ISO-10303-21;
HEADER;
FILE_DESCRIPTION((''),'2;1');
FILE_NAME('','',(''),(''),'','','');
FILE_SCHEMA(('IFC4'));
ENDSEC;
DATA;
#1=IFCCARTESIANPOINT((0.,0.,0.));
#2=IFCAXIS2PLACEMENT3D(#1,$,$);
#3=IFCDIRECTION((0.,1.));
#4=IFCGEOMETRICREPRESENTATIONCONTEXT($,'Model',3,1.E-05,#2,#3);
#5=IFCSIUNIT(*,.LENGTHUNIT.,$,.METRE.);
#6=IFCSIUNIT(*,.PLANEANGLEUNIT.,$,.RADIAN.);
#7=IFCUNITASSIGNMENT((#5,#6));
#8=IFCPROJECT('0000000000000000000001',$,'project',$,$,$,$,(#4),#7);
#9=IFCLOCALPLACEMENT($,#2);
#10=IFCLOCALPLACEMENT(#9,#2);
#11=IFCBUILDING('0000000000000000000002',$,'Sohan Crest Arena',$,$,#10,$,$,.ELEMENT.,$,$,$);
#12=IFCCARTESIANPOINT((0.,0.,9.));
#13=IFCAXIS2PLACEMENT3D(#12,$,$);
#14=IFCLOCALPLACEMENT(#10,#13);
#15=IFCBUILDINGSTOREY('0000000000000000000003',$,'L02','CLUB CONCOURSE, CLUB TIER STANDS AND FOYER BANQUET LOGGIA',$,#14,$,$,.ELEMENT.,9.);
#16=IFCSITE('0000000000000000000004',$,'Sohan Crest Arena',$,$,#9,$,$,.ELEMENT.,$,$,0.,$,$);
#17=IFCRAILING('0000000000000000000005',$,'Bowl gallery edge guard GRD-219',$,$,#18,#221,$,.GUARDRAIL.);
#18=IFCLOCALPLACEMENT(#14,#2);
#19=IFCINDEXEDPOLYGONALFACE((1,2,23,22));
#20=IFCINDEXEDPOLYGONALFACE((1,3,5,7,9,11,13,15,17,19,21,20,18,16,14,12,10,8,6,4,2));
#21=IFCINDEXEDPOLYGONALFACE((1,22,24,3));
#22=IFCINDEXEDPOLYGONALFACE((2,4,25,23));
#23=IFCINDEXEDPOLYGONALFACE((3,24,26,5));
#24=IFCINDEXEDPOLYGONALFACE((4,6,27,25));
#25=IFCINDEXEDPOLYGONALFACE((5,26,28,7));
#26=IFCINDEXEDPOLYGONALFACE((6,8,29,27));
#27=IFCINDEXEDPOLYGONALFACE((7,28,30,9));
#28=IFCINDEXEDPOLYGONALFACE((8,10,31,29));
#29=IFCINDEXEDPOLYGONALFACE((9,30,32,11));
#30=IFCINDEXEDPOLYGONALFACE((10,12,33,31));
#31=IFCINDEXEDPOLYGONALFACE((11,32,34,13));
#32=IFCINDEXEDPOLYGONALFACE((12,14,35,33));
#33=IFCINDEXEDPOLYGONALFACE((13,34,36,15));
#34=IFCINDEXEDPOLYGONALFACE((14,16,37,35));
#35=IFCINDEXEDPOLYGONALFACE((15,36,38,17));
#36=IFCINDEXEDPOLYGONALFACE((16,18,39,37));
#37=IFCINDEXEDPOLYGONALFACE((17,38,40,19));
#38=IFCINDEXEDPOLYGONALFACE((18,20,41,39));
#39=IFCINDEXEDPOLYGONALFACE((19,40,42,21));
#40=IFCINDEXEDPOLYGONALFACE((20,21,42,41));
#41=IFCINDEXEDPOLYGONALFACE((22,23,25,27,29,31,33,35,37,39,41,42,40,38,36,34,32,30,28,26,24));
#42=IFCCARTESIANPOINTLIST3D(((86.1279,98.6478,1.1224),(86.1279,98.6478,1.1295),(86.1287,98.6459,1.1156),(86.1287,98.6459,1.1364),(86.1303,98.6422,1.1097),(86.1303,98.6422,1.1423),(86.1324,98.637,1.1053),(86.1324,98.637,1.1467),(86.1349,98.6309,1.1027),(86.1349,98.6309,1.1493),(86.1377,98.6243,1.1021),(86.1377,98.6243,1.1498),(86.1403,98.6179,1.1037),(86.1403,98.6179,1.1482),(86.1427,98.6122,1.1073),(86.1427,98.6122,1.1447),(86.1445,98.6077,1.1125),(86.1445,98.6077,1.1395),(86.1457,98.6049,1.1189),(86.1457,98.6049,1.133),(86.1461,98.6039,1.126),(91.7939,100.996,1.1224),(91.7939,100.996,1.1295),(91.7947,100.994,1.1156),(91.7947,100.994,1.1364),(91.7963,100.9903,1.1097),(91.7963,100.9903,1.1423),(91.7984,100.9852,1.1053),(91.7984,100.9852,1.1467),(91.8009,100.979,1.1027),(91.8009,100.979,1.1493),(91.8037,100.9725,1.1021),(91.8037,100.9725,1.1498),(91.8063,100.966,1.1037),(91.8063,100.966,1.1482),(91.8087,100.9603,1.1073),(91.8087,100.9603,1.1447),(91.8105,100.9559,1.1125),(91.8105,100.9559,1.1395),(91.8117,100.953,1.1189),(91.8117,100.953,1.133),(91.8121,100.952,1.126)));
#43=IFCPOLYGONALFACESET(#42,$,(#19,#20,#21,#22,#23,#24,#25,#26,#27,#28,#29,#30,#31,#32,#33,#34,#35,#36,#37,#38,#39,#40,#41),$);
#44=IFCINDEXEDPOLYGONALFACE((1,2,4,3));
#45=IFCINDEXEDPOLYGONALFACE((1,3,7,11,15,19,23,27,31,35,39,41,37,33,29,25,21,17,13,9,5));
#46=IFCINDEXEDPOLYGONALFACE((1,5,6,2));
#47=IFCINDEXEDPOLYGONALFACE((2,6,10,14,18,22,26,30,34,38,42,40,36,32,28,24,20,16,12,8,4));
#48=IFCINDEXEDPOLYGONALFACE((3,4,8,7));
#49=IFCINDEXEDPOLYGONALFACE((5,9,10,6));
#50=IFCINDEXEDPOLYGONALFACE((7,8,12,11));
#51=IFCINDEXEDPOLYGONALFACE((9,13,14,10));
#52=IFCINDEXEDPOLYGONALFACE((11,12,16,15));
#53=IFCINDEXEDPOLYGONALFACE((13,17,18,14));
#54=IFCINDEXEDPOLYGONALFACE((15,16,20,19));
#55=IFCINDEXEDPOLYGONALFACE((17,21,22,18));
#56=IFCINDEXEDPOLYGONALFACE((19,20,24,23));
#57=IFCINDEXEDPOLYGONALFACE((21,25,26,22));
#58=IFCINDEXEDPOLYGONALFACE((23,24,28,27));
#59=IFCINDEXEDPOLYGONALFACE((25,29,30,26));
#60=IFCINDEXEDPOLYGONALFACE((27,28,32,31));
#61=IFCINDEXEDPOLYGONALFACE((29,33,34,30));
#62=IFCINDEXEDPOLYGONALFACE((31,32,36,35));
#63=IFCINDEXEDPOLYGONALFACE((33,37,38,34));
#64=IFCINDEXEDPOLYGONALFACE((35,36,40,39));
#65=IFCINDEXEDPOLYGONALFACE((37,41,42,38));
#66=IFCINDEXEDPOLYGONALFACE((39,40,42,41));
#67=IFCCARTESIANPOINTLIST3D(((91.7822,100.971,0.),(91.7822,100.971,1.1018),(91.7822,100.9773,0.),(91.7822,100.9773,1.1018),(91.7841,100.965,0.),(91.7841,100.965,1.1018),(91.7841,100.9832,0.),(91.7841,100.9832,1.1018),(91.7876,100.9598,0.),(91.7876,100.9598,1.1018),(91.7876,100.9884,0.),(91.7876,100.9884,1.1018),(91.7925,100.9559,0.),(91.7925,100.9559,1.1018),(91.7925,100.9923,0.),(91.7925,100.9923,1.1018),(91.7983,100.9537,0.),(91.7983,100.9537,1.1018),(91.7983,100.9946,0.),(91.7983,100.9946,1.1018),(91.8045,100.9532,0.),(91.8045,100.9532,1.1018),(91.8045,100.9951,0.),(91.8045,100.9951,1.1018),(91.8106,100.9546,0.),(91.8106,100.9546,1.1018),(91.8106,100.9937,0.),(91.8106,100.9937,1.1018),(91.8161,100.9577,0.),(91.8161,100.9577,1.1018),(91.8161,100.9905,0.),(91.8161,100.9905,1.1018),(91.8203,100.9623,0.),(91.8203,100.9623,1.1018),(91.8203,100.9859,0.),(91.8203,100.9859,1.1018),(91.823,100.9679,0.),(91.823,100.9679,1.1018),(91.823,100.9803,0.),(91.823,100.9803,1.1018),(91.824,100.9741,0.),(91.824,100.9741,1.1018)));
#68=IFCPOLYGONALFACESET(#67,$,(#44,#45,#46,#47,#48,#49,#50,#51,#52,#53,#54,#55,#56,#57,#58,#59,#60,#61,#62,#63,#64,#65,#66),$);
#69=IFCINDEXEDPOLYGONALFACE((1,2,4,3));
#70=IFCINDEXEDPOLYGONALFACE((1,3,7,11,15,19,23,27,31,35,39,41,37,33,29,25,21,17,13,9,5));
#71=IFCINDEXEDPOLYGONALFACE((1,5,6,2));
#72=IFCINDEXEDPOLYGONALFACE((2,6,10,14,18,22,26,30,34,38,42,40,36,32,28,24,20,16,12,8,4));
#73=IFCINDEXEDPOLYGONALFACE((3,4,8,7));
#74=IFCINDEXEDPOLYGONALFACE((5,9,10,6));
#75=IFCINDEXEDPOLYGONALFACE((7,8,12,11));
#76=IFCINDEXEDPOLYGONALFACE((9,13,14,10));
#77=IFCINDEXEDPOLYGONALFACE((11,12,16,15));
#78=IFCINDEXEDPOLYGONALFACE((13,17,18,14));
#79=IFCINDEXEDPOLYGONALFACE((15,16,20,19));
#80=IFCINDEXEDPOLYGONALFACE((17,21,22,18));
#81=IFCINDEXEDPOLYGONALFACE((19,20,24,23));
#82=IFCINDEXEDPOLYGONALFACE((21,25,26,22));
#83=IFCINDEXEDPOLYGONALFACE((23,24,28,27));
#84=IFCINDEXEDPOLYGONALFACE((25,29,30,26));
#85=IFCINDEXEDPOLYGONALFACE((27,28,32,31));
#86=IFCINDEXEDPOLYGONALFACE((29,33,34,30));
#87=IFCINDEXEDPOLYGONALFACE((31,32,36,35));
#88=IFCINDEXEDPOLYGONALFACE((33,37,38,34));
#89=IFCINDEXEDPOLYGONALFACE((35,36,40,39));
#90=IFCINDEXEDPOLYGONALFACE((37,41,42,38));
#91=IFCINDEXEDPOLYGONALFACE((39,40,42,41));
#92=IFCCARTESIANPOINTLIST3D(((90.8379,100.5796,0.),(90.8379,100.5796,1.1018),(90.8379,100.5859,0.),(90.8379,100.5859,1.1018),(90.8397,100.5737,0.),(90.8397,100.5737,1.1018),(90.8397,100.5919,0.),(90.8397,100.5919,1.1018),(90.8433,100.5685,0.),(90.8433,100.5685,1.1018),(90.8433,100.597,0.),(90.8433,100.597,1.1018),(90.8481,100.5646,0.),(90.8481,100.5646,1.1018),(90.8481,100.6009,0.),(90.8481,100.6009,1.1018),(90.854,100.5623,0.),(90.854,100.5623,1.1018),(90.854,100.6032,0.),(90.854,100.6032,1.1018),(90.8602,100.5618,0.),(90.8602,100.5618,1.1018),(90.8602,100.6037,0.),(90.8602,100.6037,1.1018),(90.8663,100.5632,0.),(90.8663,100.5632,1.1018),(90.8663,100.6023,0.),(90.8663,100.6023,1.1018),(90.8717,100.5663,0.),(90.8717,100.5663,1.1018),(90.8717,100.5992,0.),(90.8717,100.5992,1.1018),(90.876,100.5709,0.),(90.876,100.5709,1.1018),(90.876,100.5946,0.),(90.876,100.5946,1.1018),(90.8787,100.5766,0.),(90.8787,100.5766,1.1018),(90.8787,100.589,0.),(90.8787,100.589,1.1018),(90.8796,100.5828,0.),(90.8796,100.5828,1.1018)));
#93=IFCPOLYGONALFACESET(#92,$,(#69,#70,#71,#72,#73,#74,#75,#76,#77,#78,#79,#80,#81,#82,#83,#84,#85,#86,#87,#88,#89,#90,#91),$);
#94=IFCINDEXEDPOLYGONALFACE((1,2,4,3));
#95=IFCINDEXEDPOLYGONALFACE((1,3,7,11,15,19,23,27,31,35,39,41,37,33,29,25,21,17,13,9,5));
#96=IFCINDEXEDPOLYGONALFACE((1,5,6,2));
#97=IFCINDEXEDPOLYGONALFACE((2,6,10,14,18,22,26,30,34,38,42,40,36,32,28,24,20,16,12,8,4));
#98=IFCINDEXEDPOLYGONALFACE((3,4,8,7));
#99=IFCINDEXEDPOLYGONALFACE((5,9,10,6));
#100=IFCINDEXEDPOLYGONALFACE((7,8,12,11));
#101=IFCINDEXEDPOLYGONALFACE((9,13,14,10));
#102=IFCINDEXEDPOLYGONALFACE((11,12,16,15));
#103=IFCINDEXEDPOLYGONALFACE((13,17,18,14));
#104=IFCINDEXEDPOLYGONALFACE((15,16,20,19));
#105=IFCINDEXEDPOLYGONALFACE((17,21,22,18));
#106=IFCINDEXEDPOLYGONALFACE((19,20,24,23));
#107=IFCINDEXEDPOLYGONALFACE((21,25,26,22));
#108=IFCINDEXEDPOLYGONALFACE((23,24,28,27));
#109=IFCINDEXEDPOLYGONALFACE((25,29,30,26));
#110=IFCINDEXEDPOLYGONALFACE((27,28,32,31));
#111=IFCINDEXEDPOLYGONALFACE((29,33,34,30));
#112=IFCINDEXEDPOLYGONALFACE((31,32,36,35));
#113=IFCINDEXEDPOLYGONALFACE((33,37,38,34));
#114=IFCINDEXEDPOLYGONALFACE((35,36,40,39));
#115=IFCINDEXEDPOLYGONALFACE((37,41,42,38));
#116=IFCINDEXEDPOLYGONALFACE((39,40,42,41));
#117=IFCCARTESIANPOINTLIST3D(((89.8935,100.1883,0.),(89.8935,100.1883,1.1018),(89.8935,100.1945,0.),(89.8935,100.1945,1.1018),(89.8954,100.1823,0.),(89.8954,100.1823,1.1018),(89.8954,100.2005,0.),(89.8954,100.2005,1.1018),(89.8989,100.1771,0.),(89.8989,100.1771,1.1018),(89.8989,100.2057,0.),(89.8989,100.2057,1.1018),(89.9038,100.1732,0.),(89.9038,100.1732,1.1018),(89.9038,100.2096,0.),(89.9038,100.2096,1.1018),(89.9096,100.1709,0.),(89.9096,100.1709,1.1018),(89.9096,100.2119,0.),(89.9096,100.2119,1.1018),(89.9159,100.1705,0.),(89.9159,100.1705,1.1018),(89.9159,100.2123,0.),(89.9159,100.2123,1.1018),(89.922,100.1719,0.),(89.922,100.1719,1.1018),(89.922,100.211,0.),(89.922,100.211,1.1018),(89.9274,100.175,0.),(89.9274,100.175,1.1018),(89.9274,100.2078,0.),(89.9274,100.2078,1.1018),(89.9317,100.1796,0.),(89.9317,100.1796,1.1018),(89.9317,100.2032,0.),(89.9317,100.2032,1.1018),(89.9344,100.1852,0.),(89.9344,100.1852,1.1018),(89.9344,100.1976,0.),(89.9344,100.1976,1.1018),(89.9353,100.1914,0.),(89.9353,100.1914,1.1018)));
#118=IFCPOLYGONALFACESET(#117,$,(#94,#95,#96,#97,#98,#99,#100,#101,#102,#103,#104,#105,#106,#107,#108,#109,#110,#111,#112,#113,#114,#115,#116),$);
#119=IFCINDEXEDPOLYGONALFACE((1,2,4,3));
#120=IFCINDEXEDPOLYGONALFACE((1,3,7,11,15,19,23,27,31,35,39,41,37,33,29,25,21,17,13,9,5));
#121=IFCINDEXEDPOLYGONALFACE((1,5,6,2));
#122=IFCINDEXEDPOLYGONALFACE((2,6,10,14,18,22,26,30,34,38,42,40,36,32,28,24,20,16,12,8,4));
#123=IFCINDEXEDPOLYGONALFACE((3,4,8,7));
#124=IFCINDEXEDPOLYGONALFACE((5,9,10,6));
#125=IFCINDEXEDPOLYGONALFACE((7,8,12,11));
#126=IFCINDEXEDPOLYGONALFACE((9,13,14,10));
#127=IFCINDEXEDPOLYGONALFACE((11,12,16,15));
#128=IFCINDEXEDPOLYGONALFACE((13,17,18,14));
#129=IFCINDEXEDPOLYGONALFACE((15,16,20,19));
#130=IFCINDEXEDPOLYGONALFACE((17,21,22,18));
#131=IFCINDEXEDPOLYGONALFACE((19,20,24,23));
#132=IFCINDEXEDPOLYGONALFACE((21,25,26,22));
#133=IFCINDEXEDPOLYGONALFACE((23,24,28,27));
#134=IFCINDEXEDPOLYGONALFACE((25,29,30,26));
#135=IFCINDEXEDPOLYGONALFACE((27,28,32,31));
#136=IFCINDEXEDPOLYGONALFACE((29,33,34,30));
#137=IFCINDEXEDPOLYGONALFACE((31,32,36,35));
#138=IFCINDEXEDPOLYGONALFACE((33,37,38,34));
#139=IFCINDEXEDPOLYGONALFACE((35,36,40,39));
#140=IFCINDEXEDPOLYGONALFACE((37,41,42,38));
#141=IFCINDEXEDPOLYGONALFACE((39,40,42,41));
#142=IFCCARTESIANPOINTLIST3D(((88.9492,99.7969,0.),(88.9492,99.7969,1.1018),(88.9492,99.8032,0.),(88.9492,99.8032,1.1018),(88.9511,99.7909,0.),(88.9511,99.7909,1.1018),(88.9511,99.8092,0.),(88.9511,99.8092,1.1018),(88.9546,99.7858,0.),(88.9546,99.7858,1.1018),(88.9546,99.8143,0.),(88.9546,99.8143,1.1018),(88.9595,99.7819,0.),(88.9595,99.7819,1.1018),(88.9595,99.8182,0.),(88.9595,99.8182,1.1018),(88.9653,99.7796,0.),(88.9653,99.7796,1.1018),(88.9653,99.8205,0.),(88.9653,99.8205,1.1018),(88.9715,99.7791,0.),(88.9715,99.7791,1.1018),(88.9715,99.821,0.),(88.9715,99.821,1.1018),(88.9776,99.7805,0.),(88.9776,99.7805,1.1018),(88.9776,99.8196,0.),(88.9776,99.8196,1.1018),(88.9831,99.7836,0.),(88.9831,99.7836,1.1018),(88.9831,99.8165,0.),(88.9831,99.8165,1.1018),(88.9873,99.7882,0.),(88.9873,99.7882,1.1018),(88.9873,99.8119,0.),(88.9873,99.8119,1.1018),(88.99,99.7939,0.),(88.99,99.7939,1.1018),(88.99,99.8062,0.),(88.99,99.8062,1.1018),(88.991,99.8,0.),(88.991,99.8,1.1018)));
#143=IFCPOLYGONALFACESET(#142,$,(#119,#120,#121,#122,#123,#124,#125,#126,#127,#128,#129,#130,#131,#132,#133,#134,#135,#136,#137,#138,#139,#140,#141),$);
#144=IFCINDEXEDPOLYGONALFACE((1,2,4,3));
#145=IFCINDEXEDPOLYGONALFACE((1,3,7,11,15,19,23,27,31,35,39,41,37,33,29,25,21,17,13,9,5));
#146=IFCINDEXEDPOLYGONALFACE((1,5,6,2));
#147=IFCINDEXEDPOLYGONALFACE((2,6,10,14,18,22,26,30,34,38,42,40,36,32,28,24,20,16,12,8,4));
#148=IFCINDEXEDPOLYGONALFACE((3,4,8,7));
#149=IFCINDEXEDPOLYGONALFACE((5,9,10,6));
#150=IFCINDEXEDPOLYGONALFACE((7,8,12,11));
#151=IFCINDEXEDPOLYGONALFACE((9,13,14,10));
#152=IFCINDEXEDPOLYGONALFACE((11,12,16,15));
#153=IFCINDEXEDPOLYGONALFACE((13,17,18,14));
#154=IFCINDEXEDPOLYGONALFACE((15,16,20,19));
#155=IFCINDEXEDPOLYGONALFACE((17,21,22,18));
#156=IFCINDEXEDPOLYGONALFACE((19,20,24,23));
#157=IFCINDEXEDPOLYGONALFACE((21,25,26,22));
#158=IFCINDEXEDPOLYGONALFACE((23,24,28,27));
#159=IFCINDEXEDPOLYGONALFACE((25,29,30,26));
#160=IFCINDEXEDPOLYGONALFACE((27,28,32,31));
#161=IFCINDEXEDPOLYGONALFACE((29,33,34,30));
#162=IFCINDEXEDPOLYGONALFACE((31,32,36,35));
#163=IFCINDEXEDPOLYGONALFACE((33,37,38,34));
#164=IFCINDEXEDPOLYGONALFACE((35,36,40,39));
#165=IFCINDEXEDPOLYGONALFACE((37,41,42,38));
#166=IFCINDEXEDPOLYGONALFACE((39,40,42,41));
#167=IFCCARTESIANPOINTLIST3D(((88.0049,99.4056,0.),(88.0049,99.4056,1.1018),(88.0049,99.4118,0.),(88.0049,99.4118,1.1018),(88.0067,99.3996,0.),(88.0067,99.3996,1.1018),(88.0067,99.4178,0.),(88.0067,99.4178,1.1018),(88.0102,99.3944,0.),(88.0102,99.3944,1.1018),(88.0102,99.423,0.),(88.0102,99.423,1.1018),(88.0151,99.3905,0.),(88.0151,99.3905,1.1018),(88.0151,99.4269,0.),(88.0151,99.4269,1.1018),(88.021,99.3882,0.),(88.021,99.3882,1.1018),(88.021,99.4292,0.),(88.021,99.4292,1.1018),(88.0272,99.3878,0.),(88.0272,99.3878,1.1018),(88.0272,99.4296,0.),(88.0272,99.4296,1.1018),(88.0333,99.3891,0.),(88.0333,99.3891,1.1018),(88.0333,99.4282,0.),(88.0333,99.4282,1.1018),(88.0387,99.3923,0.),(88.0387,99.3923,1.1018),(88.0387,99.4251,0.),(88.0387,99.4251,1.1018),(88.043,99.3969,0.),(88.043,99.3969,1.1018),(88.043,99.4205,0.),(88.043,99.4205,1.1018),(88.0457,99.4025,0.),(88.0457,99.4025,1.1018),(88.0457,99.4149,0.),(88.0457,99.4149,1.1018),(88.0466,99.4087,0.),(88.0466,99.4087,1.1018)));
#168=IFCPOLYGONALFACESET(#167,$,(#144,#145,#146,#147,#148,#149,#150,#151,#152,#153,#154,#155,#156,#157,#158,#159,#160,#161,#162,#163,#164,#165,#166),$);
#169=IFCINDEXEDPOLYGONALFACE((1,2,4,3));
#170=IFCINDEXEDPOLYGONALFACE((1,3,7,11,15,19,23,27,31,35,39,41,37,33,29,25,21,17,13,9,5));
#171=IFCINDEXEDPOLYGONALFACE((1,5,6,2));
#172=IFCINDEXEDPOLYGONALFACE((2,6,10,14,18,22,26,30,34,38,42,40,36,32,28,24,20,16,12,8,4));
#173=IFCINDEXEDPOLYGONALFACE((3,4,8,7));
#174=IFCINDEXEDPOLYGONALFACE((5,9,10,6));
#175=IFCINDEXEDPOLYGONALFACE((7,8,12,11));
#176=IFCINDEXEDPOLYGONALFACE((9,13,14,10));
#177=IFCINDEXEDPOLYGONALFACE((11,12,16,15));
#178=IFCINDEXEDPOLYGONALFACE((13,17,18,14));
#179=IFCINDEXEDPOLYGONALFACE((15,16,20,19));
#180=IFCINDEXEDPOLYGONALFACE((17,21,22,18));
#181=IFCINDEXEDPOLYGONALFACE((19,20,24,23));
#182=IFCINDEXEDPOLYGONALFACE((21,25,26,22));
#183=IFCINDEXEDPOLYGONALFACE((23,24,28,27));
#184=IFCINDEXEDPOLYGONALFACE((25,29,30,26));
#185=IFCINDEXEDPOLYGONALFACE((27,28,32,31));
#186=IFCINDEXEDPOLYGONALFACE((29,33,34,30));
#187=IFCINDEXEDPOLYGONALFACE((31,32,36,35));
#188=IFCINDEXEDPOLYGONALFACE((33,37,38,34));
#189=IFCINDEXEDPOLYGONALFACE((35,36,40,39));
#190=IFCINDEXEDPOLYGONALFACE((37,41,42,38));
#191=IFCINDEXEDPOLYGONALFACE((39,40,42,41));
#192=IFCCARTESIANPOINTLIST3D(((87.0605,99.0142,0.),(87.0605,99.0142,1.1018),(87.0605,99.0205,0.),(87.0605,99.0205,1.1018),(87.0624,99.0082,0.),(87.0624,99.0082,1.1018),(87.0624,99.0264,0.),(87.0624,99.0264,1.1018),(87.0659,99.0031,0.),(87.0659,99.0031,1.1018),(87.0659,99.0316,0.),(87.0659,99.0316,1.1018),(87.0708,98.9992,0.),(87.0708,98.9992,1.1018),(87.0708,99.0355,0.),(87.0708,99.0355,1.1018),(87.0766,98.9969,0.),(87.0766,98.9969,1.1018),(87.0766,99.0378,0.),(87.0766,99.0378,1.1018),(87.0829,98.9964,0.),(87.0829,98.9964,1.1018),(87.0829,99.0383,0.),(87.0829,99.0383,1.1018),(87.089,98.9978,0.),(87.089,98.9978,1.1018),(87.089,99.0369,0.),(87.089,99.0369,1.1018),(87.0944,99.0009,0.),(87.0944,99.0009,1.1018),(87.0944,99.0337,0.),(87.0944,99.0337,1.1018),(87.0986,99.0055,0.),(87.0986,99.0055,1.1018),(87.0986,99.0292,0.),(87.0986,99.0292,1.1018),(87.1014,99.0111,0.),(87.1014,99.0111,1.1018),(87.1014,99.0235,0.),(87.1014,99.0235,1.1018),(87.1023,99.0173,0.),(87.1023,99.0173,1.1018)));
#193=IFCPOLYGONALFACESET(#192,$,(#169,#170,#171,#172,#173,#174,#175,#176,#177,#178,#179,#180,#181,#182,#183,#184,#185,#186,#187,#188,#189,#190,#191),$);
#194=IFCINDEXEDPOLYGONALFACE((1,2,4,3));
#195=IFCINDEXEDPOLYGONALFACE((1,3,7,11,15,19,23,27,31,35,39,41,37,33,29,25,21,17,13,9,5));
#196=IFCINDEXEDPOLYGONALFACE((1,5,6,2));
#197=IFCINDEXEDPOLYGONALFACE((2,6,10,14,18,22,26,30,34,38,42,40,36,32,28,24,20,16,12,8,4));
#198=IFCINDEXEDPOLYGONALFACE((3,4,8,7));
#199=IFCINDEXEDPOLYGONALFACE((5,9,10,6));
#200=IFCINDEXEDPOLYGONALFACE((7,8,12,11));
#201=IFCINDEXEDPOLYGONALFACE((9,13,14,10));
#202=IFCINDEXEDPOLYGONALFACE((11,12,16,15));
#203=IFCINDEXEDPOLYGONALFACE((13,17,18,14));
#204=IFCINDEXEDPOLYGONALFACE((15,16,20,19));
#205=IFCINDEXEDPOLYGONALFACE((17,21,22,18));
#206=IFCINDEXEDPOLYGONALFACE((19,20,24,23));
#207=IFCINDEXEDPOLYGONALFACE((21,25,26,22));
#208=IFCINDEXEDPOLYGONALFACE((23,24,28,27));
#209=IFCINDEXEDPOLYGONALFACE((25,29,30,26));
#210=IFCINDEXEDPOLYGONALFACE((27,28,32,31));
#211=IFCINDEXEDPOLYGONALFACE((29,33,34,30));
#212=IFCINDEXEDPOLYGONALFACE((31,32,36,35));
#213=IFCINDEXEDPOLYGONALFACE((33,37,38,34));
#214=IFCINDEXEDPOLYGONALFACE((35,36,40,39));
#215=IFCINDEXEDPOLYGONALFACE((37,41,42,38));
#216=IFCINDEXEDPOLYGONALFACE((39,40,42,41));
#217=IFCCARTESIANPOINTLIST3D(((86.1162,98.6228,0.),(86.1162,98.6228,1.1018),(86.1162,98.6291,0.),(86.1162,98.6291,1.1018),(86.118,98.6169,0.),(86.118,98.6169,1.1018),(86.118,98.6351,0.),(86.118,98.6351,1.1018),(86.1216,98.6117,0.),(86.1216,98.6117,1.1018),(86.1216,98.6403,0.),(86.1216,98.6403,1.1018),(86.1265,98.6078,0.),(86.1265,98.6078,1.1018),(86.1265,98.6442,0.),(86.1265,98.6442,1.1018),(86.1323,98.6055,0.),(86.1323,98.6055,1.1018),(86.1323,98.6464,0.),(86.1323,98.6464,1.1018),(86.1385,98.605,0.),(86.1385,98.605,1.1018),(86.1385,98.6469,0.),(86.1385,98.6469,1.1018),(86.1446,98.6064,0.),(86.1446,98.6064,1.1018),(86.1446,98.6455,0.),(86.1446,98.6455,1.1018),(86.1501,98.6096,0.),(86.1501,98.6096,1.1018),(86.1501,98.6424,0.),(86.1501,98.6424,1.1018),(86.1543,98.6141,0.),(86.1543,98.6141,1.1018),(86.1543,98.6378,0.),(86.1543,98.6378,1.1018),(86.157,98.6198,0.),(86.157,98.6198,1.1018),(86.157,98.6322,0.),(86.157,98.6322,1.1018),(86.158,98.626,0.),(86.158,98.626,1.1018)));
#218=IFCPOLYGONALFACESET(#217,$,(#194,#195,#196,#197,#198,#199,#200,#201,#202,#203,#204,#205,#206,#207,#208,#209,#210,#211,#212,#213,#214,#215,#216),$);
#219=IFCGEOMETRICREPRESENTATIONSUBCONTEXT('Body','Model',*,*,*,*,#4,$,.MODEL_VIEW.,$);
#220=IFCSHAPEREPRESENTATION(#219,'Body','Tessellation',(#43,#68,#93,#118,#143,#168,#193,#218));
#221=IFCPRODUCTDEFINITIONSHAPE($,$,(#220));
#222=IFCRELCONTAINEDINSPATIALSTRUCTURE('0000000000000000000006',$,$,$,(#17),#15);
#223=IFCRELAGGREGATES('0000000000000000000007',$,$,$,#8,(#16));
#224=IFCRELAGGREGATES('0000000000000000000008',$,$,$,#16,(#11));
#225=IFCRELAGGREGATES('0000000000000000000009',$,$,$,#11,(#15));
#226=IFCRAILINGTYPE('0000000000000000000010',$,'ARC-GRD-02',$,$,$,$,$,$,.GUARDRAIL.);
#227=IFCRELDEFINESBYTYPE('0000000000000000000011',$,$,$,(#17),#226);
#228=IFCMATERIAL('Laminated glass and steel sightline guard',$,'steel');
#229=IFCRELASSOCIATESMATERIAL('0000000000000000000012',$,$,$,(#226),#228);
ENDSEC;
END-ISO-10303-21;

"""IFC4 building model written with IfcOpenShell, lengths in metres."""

from ifc_helpers import new_model, si_unit, direction, frame, origin, origin_2d, place, context, subcontext, project, spatial, circle, extrude, material, type_object, element, save


model = new_model("IFC4")

# Units and contexts
model_context = context("Model", 3, precision=1e-05, world=origin(), true_north=direction((0.0, 1.0)))
body_context = subcontext(model_context, "Body", "Model", "MODEL_VIEW")
ifc_project = project(units=[si_unit("LENGTHUNIT", "METRE"), si_unit("PLANEANGLEUNIT", "RADIAN")], contexts=[model_context])

# Site, building, storey
site_placement = place(None, origin())
site = spatial("IfcSite", under=ifc_project, at=site_placement, Name="Sohan Crest Arena", CompositionType="ELEMENT", RefElevation=0.0)
building_placement = place(site_placement, origin())
building = spatial("IfcBuilding", under=site, at=building_placement, Name="Sohan Crest Arena", CompositionType="ELEMENT")
storey_placement = place(building_placement, frame((0.0, 0.0, 9.0)))
storey = spatial("IfcBuildingStorey", under=building, at=storey_placement, Name="L02", Description="CLUB CONCOURSE, CLUB TIER STANDS AND FOYER BANQUET LOGGIA", CompositionType="ELEMENT", Elevation=9.0)

# Railing
ifc_material_1 = material(Name="Laminated glass and steel sightline guard", Category="steel")
railing_type_1 = type_object("IfcRailingType", Name="ARC-GRD-02", PredefinedType="GUARDRAIL", material=ifc_material_1)
railing_1_placement = place(storey_placement, frame((91.803, 100.9741, 0.0)))
element("IfcRailing", 1, at=railing_1_placement, inside=storey, type_object=railing_type_1, Name="Bowl gallery edge guard GRD-219", PredefinedType="GUARDRAIL", context=body_context, shape_type="SweptSolid", body=[
    extrude(circle(Radius=0.0239, at=origin_2d()), frame((0.0, 0.0, 1.126), z_axis=(-0.92381, -0.382851, 0.0), x_axis=(0.382851, -0.92381, 0.0)), (0.0, 0.0, 1.0), 6.1333),
    extrude(circle(Radius=0.021, at=origin_2d()), origin(), (0.0, 0.0, 1.0), 1.1018),
    extrude(circle(Radius=0.021, at=origin_2d()), frame((-0.9443, -0.3914, 0.0)), (0.0, 0.0, 1.0), 1.1018),
    extrude(circle(Radius=0.021, at=origin_2d()), frame((-1.8887, -0.7827, 0.0)), (0.0, 0.0, 1.0), 1.1018),
    extrude(circle(Radius=0.021, at=origin_2d()), frame((-2.833, -1.1741, 0.0)), (0.0, 0.0, 1.0), 1.1018),
    extrude(circle(Radius=0.021, at=origin_2d()), frame((-3.7773, -1.5654, 0.0)), (0.0, 0.0, 1.0), 1.1018),
    extrude(circle(Radius=0.021, at=origin_2d()), frame((-4.7217, -1.9568, 0.0)), (0.0, 0.0, 1.0), 1.1018),
    extrude(circle(Radius=0.021, at=origin_2d()), frame((-5.666, -2.3481, 0.0)), (0.0, 0.0, 1.0), 1.1018),
])

save(model, "model.ifc")
